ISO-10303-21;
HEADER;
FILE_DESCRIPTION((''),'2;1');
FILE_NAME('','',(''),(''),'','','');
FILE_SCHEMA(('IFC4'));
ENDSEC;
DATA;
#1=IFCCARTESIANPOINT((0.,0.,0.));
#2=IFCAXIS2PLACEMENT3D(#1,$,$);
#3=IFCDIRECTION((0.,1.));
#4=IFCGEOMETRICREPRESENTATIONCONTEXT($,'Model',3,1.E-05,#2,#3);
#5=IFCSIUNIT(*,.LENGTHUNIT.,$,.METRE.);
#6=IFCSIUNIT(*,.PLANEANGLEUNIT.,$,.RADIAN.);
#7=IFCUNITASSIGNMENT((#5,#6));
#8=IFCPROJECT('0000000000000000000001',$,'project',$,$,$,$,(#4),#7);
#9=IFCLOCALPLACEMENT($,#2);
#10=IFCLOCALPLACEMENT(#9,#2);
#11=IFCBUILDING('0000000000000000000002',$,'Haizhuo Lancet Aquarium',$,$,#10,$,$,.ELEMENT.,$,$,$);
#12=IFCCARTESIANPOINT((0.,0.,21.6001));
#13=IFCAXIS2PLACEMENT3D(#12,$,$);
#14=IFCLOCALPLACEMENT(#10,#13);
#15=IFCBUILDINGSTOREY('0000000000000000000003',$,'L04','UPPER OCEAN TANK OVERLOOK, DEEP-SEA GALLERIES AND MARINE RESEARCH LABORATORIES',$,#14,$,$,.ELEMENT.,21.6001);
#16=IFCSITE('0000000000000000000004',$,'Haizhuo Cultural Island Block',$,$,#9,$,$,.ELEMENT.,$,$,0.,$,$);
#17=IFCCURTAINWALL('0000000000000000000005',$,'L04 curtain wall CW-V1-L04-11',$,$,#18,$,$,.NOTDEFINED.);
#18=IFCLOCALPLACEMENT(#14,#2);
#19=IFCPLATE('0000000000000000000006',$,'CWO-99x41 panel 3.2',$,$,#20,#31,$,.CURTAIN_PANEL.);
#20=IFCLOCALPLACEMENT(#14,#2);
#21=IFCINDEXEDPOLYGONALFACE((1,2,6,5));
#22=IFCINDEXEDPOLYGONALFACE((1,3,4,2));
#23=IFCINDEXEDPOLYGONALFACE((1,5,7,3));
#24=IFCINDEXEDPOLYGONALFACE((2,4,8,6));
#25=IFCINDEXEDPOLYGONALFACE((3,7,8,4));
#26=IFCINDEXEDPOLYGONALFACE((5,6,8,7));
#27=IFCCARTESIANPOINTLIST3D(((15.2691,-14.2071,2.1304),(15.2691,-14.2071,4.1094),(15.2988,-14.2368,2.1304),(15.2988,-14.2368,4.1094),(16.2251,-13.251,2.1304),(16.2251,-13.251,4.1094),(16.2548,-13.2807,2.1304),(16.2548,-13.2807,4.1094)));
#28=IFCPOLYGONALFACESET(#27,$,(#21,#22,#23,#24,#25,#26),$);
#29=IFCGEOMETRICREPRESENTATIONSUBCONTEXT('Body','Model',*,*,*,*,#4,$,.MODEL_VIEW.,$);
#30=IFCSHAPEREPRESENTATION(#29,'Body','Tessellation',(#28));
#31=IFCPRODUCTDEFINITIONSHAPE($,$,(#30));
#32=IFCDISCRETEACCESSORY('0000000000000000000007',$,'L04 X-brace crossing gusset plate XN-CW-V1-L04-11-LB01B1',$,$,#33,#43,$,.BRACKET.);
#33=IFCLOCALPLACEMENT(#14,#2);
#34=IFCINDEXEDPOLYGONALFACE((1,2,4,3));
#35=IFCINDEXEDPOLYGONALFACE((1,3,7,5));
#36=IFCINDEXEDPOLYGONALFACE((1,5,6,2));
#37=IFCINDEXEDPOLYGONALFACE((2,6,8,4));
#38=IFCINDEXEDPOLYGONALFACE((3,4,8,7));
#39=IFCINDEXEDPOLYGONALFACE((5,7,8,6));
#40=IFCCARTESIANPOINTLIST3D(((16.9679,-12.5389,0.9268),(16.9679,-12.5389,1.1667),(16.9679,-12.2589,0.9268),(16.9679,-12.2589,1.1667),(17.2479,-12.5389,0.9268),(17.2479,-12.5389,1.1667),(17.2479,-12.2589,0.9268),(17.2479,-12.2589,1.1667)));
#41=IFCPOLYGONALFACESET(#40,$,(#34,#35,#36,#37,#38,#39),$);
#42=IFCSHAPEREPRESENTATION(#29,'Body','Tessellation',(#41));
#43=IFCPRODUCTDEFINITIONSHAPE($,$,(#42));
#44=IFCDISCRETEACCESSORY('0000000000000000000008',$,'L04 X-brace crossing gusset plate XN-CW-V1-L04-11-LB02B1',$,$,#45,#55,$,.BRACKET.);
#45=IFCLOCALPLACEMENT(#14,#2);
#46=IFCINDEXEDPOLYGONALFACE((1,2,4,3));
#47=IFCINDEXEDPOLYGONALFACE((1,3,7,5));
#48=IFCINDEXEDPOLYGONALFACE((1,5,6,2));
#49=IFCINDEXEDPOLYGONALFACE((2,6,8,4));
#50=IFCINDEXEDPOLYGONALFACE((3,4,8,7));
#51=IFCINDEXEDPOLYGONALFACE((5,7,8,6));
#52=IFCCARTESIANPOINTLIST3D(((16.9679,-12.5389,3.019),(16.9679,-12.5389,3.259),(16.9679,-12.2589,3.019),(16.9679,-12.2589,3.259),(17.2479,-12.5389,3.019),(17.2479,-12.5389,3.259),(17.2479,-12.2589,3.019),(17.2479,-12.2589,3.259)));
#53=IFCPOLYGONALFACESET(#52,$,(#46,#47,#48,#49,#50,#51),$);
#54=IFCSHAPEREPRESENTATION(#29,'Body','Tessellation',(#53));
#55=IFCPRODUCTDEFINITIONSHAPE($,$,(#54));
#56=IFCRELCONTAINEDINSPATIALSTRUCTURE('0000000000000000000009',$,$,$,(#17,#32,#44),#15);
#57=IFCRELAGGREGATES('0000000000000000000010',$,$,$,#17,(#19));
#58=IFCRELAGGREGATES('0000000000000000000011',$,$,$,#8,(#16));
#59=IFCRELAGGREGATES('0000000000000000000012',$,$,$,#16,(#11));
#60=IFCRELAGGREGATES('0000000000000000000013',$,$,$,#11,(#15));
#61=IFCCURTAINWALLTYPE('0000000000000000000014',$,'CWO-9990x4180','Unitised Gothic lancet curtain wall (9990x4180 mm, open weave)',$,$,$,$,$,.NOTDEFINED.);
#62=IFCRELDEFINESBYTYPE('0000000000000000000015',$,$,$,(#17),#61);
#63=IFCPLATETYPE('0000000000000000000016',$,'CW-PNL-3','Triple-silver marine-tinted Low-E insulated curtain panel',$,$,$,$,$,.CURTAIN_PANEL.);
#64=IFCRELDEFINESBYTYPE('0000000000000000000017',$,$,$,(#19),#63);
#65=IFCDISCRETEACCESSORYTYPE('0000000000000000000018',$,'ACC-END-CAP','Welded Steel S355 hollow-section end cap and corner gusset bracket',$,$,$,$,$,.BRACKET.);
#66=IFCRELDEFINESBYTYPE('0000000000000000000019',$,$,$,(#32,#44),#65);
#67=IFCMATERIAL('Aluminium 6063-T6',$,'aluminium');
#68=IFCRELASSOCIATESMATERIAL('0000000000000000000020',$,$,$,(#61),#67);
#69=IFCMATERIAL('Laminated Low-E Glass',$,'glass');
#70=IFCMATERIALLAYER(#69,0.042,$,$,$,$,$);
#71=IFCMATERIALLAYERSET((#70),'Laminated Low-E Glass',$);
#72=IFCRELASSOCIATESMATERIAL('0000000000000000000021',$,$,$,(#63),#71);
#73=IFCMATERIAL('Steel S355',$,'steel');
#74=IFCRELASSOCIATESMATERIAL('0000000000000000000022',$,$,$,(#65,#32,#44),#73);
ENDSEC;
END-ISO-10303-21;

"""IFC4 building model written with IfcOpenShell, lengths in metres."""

from ifc_helpers import new_model, si_unit, direction, frame, origin, origin_2d, place, context, subcontext, project, spatial, rectangle, extrude, material, layer, layer_set, type_object, element, aggregate, save


model = new_model("IFC4")

# Units and contexts
model_context = context("Model", 3, precision=1e-05, world=origin(), true_north=direction((0.0, 1.0)))
body_context = subcontext(model_context, "Body", "Model", "MODEL_VIEW")
ifc_project = project(units=[si_unit("LENGTHUNIT", "METRE"), si_unit("PLANEANGLEUNIT", "RADIAN")], contexts=[model_context])

# Site, building, storey
site_placement = place(None, origin())
site = spatial("IfcSite", under=ifc_project, at=site_placement, Name="Haizhuo Cultural Island Block", CompositionType="ELEMENT", RefElevation=0.0)
building_placement = place(site_placement, origin())
building = spatial("IfcBuilding", under=site, at=building_placement, Name="Haizhuo Lancet Aquarium", CompositionType="ELEMENT")
storey_placement = place(building_placement, frame((0.0, 0.0, 21.6001)))
storey = spatial("IfcBuildingStorey", under=building, at=storey_placement, Name="L04", Description="UPPER OCEAN TANK OVERLOOK, DEEP-SEA GALLERIES AND MARINE RESEARCH LABORATORIES", CompositionType="ELEMENT", Elevation=21.6001)

# Curtain wall
ifc_material_1 = material(Name="Aluminium 6063-T6", Category="aluminium")
curtain_wall_type = type_object("IfcCurtainWallType", Name="CWO-9990x4180", Description="Unitised Gothic lancet curtain wall (9990x4180 mm, open weave)", PredefinedType="NOTDEFINED", material=ifc_material_1)
curtain_wall_placement = place(storey_placement, origin())
curtain_wall = element("IfcCurtainWall", 1, at=curtain_wall_placement, inside=storey, type_object=curtain_wall_type, Name="L04 curtain wall CW-V1-L04-11", PredefinedType="NOTDEFINED")

# Shared definitions
ifc_material_2 = material(Name="Steel S355", Category="steel")

# Plate
ifc_material_3 = material(Name="Laminated Low-E Glass", Category="glass")
ifc_layer = layer(ifc_material_3, 0.042)
ifc_layer_set = layer_set([ifc_layer], Name="Laminated Low-E Glass")
plate_type = type_object("IfcPlateType", Name="CW-PNL-3", Description="Triple-silver marine-tinted Low-E insulated curtain panel", PredefinedType="CURTAIN_PANEL", material=ifc_layer_set)
plate_1_placement = place(storey_placement, frame((15.762, -13.7439, 2.1304), z_axis=(0.0, 0.0, 1.0), x_axis=(-0.707107, -0.707107, 0.0)))
plate_1 = element("IfcPlate", 2, at=plate_1_placement, type_object=plate_type, Name="CWO-99x41 panel 3.2", PredefinedType="CURTAIN_PANEL", context=body_context, shape_type="SweptSolid", body=[
    extrude(rectangle(XDim=1.3521, YDim=0.042, at=origin_2d()), origin(), (0.0, 0.0, 1.0), 1.979),
])
aggregate(curtain_wall, [plate_1])

# Discrete accessories
discrete_accessory_type = type_object("IfcDiscreteAccessoryType", Name="ACC-END-CAP", Description="Welded Steel S355 hollow-section end cap and corner gusset bracket", PredefinedType="BRACKET", material=ifc_material_2)
for number, where, z_axis, x_axis, name in (
    (3, (17.1079, -12.3989, 0.9268), (0.0, 0.0, 1.0), (1.0, 0.0, 0.0), "L04 X-brace crossing gusset plate XN-CW-V1-L04-11-LB01B1"),
    (4, (17.1079, -12.3989, 3.019), (0.0, 0.0, 1.0), (1.0, 0.0, 0.0), "L04 X-brace crossing gusset plate XN-CW-V1-L04-11-LB02B1"),
):
    element("IfcDiscreteAccessory", number, at=place(storey_placement, frame(where, z_axis=z_axis, x_axis=x_axis)), inside=storey, type_object=discrete_accessory_type, material=ifc_material_2, Name=name, PredefinedType="BRACKET", context=body_context, shape_type="SweptSolid", body=[
        extrude(rectangle(XDim=0.28, YDim=0.28, at=origin_2d()), origin(), (0.0, 0.0, 1.0), 0.24),
    ])

save(model, "model.ifc")
